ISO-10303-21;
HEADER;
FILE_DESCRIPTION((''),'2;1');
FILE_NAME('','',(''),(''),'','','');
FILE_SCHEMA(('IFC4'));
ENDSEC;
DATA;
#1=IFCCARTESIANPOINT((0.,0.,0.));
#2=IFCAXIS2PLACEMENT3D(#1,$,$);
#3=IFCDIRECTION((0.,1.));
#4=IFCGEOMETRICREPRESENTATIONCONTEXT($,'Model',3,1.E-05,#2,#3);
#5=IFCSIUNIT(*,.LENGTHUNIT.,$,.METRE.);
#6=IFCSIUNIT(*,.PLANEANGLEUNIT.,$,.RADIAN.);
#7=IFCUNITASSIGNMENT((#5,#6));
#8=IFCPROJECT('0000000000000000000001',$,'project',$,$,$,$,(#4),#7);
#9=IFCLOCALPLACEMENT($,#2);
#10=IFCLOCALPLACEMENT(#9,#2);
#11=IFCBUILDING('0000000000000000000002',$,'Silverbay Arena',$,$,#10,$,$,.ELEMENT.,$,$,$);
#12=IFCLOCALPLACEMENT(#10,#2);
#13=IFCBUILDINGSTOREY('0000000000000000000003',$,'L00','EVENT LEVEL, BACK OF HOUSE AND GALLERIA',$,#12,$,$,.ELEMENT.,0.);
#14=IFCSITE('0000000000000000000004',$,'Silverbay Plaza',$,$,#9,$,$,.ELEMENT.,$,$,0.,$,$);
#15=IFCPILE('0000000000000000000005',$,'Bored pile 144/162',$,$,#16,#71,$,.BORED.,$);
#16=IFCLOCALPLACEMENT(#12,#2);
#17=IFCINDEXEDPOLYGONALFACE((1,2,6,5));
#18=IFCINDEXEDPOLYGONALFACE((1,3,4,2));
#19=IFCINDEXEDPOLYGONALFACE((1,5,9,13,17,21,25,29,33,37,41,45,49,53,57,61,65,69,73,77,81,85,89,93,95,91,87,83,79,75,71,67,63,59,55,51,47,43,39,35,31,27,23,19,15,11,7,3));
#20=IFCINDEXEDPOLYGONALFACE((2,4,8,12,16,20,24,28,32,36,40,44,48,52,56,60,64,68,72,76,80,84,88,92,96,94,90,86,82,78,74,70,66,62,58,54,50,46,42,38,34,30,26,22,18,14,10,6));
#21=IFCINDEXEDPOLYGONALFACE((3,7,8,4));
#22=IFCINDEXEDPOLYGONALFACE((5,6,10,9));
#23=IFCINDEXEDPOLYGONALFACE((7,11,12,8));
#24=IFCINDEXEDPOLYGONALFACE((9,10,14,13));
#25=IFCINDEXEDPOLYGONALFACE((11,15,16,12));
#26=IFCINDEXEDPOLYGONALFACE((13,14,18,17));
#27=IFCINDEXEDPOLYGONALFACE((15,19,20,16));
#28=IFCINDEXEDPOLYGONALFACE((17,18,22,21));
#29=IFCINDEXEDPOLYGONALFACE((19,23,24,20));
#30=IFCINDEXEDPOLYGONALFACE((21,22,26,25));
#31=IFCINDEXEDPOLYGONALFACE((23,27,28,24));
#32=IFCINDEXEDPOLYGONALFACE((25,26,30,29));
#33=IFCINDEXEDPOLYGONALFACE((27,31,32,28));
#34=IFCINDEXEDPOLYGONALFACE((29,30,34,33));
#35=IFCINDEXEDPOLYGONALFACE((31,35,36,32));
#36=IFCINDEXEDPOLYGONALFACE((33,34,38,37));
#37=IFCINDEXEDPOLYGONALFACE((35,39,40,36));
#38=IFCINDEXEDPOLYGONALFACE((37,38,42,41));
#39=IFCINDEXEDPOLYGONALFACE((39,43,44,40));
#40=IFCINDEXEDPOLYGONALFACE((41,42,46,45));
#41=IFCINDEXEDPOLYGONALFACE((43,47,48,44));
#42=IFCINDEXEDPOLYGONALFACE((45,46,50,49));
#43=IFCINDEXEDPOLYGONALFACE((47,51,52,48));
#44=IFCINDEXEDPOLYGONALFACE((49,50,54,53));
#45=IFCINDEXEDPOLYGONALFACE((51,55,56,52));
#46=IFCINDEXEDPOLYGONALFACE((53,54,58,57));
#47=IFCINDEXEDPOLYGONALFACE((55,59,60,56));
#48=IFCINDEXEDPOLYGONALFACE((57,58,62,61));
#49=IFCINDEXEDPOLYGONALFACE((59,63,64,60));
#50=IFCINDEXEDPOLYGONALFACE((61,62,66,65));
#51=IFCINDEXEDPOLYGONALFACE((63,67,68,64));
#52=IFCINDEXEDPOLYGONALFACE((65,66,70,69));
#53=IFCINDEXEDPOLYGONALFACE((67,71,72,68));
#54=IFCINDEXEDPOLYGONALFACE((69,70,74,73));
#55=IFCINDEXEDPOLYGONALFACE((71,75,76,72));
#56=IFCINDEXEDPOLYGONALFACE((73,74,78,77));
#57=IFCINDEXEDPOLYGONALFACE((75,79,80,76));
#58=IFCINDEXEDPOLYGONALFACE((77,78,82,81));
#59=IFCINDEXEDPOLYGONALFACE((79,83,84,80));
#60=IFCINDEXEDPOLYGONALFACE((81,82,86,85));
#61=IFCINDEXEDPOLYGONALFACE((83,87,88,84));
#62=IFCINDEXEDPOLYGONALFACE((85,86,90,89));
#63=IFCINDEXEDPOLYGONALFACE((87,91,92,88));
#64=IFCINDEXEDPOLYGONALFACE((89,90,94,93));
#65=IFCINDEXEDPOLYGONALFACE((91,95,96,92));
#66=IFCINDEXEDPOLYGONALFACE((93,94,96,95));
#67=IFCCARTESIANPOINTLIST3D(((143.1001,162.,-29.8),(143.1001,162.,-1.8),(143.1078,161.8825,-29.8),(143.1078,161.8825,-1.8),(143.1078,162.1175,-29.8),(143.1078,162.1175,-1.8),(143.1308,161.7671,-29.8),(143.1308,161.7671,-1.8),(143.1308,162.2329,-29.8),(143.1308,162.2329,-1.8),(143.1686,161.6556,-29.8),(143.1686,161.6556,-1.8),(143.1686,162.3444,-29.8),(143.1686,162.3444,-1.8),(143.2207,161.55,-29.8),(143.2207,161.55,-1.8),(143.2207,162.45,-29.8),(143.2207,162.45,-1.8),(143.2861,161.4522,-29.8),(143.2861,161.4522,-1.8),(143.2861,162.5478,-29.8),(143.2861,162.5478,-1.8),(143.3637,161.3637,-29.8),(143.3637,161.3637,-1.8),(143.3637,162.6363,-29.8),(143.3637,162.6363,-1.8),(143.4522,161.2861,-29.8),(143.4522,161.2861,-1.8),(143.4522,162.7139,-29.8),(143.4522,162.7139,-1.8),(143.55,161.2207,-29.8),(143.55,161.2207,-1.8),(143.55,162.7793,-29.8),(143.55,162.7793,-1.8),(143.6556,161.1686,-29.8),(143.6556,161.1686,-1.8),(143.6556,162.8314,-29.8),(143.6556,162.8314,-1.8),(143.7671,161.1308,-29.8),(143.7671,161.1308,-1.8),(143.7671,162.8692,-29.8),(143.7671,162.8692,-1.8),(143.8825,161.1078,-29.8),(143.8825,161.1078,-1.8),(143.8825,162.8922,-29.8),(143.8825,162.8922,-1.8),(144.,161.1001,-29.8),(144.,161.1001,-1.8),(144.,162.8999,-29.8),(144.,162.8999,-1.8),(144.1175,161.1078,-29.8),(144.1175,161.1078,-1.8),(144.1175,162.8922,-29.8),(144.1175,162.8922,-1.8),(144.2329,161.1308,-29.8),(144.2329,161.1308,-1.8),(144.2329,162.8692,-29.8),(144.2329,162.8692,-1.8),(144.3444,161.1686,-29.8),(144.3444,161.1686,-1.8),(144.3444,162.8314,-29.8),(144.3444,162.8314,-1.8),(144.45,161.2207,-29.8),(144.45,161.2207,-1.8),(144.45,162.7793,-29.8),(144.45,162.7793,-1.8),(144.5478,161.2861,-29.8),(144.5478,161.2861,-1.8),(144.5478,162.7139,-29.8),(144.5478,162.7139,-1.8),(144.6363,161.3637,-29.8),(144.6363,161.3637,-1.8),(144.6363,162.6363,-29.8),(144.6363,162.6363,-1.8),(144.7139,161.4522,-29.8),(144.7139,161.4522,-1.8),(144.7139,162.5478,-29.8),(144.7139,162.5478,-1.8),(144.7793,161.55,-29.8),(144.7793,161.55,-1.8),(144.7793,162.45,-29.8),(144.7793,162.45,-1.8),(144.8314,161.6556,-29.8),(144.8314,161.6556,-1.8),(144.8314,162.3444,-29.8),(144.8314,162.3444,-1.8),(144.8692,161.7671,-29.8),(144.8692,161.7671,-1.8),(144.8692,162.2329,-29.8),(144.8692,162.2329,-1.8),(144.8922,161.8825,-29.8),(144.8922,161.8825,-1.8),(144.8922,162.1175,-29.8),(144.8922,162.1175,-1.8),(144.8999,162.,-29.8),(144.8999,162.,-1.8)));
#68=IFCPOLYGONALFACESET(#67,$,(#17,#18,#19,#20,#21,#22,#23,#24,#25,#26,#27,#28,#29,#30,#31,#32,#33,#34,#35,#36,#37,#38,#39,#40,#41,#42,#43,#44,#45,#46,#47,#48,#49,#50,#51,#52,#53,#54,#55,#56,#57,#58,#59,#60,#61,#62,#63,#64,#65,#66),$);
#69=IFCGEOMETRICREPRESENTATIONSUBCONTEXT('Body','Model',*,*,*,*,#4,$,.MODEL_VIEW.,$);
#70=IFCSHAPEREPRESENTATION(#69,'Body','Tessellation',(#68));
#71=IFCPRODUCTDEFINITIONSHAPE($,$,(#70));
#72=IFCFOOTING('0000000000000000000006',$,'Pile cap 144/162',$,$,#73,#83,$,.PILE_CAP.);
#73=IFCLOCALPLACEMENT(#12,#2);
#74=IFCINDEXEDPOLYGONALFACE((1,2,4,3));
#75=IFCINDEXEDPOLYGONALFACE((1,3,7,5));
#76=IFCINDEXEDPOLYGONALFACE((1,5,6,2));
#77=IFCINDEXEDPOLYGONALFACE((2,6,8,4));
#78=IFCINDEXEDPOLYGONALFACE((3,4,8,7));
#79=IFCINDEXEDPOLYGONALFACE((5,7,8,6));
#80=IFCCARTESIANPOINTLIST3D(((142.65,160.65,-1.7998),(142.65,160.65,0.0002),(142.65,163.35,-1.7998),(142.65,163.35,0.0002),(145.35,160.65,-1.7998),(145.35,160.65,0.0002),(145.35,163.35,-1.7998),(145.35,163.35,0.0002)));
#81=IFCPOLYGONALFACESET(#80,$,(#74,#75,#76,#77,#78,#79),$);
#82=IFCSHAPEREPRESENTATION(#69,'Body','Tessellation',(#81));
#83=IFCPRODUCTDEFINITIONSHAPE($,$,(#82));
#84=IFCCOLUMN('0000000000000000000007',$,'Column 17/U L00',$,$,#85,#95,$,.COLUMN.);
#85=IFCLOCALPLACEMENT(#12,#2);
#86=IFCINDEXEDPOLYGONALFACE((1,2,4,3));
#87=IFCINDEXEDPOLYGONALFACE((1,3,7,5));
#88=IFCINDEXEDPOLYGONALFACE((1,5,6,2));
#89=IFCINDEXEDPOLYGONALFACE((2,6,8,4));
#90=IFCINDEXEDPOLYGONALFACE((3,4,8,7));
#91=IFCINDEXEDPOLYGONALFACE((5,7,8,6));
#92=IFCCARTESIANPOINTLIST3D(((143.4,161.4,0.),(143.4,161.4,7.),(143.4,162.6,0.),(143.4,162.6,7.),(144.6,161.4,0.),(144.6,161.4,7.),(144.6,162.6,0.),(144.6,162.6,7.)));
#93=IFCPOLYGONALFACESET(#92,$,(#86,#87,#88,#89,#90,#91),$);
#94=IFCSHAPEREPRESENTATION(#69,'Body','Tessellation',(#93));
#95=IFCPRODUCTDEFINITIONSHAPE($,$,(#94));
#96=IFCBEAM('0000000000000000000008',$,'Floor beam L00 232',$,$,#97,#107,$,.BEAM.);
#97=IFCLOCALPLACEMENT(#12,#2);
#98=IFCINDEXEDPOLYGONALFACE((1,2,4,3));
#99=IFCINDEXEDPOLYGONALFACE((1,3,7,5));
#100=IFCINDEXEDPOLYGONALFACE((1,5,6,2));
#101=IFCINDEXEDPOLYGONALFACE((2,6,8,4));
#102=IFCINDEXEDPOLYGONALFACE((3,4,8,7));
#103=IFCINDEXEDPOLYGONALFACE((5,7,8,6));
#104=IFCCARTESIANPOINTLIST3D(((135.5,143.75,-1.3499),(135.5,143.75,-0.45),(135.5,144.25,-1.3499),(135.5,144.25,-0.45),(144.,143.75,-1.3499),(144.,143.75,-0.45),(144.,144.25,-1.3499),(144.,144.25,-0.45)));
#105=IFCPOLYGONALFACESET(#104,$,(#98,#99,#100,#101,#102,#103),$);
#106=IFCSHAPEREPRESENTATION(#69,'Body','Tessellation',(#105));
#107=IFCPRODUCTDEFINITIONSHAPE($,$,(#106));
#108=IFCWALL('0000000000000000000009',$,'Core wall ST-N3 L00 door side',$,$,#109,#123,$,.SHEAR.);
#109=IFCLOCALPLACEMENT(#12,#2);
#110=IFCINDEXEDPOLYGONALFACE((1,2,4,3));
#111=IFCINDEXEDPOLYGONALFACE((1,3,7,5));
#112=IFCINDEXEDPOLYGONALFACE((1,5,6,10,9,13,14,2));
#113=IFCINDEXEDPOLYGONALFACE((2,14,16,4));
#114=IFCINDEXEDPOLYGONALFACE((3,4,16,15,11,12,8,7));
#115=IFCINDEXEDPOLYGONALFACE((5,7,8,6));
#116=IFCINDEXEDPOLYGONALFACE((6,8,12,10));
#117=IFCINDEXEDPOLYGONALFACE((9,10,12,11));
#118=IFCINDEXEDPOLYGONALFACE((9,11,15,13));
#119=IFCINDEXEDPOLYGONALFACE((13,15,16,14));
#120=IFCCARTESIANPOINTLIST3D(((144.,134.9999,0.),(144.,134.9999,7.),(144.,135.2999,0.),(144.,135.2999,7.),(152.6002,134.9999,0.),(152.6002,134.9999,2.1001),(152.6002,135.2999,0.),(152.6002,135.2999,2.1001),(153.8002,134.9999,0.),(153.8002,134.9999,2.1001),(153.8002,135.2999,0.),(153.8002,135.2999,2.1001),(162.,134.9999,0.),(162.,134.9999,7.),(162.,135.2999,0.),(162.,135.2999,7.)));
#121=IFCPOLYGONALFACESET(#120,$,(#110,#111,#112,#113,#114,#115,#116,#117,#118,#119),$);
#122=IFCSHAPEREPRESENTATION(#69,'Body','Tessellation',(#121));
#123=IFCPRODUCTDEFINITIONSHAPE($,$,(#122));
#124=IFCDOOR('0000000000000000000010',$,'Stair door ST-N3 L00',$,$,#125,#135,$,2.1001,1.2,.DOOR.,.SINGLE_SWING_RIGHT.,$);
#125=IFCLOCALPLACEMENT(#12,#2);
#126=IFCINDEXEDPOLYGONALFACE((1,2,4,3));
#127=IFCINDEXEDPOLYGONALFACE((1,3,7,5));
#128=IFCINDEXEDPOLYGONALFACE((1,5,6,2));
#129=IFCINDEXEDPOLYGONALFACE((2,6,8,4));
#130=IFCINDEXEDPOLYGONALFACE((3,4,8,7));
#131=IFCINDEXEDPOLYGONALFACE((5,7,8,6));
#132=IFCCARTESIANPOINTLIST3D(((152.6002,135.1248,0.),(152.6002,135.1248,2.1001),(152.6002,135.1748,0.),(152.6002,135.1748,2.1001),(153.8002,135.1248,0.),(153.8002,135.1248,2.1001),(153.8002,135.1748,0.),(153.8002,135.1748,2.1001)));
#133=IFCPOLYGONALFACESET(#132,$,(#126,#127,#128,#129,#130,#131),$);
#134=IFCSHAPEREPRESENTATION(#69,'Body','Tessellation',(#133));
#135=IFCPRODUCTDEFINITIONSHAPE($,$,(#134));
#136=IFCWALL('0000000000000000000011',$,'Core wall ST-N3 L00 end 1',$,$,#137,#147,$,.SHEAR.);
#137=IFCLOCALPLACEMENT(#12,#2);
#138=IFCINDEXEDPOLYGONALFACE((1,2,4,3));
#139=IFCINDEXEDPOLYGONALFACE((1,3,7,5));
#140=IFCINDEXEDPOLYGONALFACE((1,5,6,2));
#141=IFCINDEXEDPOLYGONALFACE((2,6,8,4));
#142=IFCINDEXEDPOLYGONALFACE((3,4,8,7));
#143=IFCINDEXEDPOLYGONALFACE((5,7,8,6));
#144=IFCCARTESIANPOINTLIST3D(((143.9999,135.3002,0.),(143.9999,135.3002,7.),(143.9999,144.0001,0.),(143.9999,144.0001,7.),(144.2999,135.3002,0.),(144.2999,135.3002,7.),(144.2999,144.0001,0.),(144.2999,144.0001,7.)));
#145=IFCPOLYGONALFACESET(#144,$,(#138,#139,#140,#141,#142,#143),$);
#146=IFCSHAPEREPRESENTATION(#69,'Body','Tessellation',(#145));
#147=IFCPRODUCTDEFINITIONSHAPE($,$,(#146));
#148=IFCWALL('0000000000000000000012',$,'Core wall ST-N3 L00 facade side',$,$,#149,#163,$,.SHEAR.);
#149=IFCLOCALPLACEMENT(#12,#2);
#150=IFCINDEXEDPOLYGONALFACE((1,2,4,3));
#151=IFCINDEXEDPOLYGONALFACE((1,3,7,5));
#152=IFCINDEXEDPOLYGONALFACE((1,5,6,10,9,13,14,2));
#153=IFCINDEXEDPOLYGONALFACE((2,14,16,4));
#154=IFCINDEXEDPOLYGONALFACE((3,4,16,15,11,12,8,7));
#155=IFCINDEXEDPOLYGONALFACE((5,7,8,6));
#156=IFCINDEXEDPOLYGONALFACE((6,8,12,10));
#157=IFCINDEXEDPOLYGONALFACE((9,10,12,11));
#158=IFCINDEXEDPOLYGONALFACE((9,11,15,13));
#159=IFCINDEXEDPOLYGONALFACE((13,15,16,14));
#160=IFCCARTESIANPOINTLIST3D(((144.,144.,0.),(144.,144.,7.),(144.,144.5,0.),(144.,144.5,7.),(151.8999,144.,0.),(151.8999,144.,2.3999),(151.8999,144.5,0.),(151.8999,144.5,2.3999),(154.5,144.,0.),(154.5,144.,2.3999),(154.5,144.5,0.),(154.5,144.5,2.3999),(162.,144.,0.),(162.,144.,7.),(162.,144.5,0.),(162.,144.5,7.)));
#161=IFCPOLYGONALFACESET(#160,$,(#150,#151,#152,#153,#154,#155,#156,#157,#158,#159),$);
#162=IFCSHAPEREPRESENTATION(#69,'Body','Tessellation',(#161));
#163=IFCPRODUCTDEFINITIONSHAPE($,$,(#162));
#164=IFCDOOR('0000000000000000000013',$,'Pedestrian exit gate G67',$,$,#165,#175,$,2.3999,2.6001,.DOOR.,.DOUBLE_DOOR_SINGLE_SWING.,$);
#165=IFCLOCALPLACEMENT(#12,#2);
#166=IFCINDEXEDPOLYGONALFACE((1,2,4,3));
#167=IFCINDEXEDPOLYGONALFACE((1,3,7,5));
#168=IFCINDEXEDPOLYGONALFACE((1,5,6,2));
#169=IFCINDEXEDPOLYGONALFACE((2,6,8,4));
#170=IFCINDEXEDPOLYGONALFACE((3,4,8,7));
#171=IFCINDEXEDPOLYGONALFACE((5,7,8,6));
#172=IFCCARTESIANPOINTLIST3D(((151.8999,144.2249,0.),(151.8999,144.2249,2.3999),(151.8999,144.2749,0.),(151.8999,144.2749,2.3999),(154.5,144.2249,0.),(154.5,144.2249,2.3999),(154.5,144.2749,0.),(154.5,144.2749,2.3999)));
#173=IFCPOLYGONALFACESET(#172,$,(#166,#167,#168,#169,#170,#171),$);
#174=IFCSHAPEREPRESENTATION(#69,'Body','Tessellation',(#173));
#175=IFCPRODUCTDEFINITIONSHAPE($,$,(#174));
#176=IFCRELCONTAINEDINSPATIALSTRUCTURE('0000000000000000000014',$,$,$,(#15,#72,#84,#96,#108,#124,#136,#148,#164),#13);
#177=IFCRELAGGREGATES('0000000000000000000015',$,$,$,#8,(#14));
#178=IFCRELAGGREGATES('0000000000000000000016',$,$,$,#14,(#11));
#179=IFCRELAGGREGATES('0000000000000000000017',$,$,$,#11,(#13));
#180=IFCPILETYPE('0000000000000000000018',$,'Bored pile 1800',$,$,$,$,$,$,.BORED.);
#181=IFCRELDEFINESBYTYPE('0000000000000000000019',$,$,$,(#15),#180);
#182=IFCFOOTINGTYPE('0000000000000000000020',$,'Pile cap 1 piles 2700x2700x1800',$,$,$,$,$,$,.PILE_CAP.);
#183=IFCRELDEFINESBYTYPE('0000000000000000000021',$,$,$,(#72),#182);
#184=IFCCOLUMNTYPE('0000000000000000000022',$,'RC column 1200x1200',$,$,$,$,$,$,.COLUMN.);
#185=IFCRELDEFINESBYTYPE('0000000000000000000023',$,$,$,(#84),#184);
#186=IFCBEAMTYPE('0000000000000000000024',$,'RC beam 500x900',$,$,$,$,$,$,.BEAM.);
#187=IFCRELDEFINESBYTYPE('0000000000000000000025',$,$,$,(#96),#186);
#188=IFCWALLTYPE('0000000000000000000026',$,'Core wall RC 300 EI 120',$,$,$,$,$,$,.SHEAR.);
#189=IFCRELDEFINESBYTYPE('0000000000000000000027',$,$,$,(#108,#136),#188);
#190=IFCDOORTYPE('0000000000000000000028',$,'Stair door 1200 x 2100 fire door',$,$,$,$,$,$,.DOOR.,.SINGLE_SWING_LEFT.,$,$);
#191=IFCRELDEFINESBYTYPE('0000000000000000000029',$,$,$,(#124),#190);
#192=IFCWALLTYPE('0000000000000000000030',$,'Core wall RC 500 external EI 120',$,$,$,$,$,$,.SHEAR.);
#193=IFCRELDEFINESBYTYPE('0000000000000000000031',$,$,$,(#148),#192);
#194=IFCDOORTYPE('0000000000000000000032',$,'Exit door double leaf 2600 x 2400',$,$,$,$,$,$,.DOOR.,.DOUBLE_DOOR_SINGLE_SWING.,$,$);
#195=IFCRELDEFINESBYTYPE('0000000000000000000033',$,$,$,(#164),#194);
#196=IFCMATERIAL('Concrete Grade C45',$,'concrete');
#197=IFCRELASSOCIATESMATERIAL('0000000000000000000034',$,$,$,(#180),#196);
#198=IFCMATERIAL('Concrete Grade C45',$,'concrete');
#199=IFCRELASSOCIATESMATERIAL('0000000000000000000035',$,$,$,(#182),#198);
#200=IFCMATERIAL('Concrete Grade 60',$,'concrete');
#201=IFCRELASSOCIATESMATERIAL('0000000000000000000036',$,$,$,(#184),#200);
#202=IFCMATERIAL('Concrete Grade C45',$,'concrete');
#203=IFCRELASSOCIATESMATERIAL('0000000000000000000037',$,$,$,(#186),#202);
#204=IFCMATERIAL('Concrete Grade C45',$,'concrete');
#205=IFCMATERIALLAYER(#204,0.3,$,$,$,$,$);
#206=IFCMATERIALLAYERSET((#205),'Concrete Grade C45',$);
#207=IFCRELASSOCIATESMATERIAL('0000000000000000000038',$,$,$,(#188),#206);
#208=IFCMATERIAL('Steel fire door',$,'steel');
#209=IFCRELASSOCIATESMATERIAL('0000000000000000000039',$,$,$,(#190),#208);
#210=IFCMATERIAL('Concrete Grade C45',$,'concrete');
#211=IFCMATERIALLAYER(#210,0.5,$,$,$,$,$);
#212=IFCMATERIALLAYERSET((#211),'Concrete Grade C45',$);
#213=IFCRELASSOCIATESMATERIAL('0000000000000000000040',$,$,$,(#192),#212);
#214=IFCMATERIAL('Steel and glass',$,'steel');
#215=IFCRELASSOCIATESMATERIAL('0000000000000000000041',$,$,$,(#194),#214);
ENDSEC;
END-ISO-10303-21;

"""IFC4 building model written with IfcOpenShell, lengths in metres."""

from ifc_helpers import new_model, si_unit, direction, frame, frame_2d, origin, origin_2d, place, context, subcontext, project, spatial, rectangle, circle, extrude, material, layer, layer_set, material_profile, profile_set, type_object, element, fill, save


model = new_model("IFC4")

# Units and contexts
model_context = context("Model", 3, precision=1e-05, world=origin(), true_north=direction((0.0, 1.0)))
body_context = subcontext(model_context, "Body", "Model", "MODEL_VIEW")
ifc_project = project(units=[si_unit("LENGTHUNIT", "METRE"), si_unit("PLANEANGLEUNIT", "RADIAN")], contexts=[model_context])

# Site, building, storey
site_placement = place(None, origin())
site = spatial("IfcSite", under=ifc_project, at=site_placement, Name="Silverbay Plaza", CompositionType="ELEMENT", RefElevation=0.0)
building_placement = place(site_placement, origin())
building = spatial("IfcBuilding", under=site, at=building_placement, Name="Silverbay Arena", CompositionType="ELEMENT")
storey_placement = place(building_placement, origin())
storey = spatial("IfcBuildingStorey", under=building, at=storey_placement, Name="L00", Description="EVENT LEVEL, BACK OF HOUSE AND GALLERIA", CompositionType="ELEMENT", Elevation=0.0)

# Pile
ifc_material_1 = material(Name="Concrete Grade C45", Category="concrete")
ifc_material_profile_1 = material_profile(ifc_material_1, circle(Radius=0.8999, at=origin_2d()), Name="Bored pile 1800")
ifc_profile_set_1 = profile_set([ifc_material_profile_1], Name="Concrete Grade C45")
pile_type = type_object("IfcPileType", Name="Bored pile 1800", PredefinedType="BORED", material=ifc_profile_set_1)
pile_placement = place(storey_placement, frame((144.0, 162.0, -1.8), z_axis=(0.0, 0.0, -1.0), x_axis=(1.0, 0.0, 0.0)))
element("IfcPile", 1, at=pile_placement, inside=storey, type_object=pile_type, Name="Bored pile 144/162", PredefinedType="BORED", context=body_context, shape_type="SweptSolid", body=[
    extrude(circle(Radius=0.8999, at=origin_2d()), origin(), (0.0, 0.0, 1.0), 28.0),
])

# Footing
ifc_material_2 = material(Name="Concrete Grade C45", Category="concrete")
footing_type = type_object("IfcFootingType", Name="Pile cap 1 piles 2700x2700x1800", PredefinedType="PILE_CAP", material=ifc_material_2)
footing_placement = place(storey_placement, frame((144.0, 162.0, -1.7998), z_axis=(0.0, 0.0, 1.0), x_axis=(1.0, 0.0, 0.0)))
element("IfcFooting", 2, at=footing_placement, inside=storey, type_object=footing_type, Name="Pile cap 144/162", PredefinedType="PILE_CAP", context=body_context, shape_type="SweptSolid", body=[
    extrude(rectangle(XDim=2.7, YDim=2.7, at=origin_2d()), origin(), (0.0, 0.0, 1.0), 1.8),
])

# Column
ifc_material_3 = material(Name="Concrete Grade 60", Category="concrete")
ifc_material_profile_2 = material_profile(ifc_material_3, rectangle(XDim=1.2, YDim=1.2, at=origin_2d()), Name="RC 1200x1200")
ifc_profile_set_2 = profile_set([ifc_material_profile_2], Name="Concrete Grade 60")
column_type = type_object("IfcColumnType", Name="RC column 1200x1200", PredefinedType="COLUMN", material=ifc_profile_set_2)
column_placement = place(storey_placement, frame((144.0, 162.0, 0.0), z_axis=(0.0, 0.0, 1.0), x_axis=(1.0, 0.0, 0.0)))
element("IfcColumn", 3, at=column_placement, inside=storey, type_object=column_type, Name="Column 17/U L00", PredefinedType="COLUMN", context=body_context, shape_type="SweptSolid", body=[
    extrude(rectangle(XDim=1.2, YDim=1.2, at=origin_2d()), origin(), (0.0, 0.0, 1.0), 7.0),
])

# Beam
ifc_material_4 = material(Name="Concrete Grade C45", Category="concrete")
ifc_material_profile_3 = material_profile(ifc_material_4, rectangle(XDim=0.5, YDim=0.8999, at=origin_2d()), Name="RC 500x900")
ifc_profile_set_3 = profile_set([ifc_material_profile_3], Name="Concrete Grade C45")
beam_type = type_object("IfcBeamType", Name="RC beam 500x900", PredefinedType="BEAM", material=ifc_profile_set_3)
beam_placement = place(storey_placement, frame((135.5, 144.0, -0.8999), z_axis=(1.0, 0.0, 0.0), x_axis=(0.0, 1.0, 0.0)))
element("IfcBeam", 4, at=beam_placement, inside=storey, type_object=beam_type, Name="Floor beam L00 232", PredefinedType="BEAM", context=body_context, shape_type="SweptSolid", body=[
    extrude(rectangle(XDim=0.5, YDim=0.8999, at=origin_2d()), origin(), (0.0, 0.0, 1.0), 8.5),
])

# Wall, opening, door
ifc_material_5 = material(Name="Concrete Grade C45", Category="concrete")
ifc_layer_1 = layer(ifc_material_5, 0.3)
ifc_layer_set_1 = layer_set([ifc_layer_1], Name="Concrete Grade C45")
wall_type_1 = type_object("IfcWallType", Name="Core wall RC 300 EI 120", PredefinedType="SHEAR", material=ifc_layer_set_1)
wall_1_placement = place(storey_placement, frame((144.0, 135.1499, 0.0), z_axis=(0.0, 0.0, 1.0), x_axis=(1.0, 0.0, 0.0)))
wall_1 = element("IfcWall", 5, at=wall_1_placement, inside=storey, type_object=wall_type_1, Name="Core wall ST-N3 L00 door side", PredefinedType="SHEAR", context=body_context, shape_type="SweptSolid", body=[
    extrude(rectangle(XDim=18.0, YDim=0.3, at=frame_2d((9.0, 0.0))), origin(), (0.0, 0.0, 1.0), 7.0),
])
opening_1_placement = place(wall_1_placement, frame((8.6001, 0.0, 0.0)))
opening_1 = element("IfcOpeningElement", 6, at=opening_1_placement, cuts=wall_1, PredefinedType="OPENING", context=body_context, shape_type="SweptSolid", body=[
    extrude(rectangle(XDim=1.2, YDim=2.1001, at=frame_2d((0.6001, 1.05))), frame((0.0, 0.1602, 0.0), z_axis=(0.0, -1.0, 0.0), x_axis=(1.0, 0.0, 0.0)), (0.0, 0.0, 1.0), 0.3201),
])
ifc_material_6 = material(Name="Steel fire door", Category="steel")
door_type_1 = type_object("IfcDoorType", Name="Stair door 1200 x 2100 fire door", OperationType="SINGLE_SWING_LEFT", PredefinedType="DOOR", material=ifc_material_6)
door_1_placement = place(opening_1_placement, origin())
door_1 = element("IfcDoor", 7, at=door_1_placement, inside=storey, type_object=door_type_1, Name="Stair door ST-N3 L00", OperationType="SINGLE_SWING_RIGHT", OverallHeight=2.1001, OverallWidth=1.2, PredefinedType="DOOR", context=body_context, shape_type="SweptSolid", body=[
    extrude(rectangle(XDim=1.2, YDim=2.1001, at=frame_2d((0.6001, 1.05))), frame((0.0, 0.0249, 0.0), z_axis=(0.0, -1.0, 0.0), x_axis=(1.0, 0.0, 0.0)), (0.0, 0.0, 1.0), 0.05),
])
fill(opening_1, door_1)

# Wall
wall_2_placement = place(storey_placement, frame((144.1499, 135.3, 0.0), z_axis=(0.0, 0.0, 1.0), x_axis=(0.0, 1.0, 0.0)))
element("IfcWall", 8, at=wall_2_placement, inside=storey, type_object=wall_type_1, Name="Core wall ST-N3 L00 end 1", PredefinedType="SHEAR", context=body_context, shape_type="SweptSolid", body=[
    extrude(rectangle(XDim=8.7, YDim=0.3, at=frame_2d((4.3501, 0.0))), origin(), (0.0, 0.0, 1.0), 7.0),
])

# Wall, opening, door
ifc_material_7 = material(Name="Concrete Grade C45", Category="concrete")
ifc_layer_2 = layer(ifc_material_7, 0.5)
ifc_layer_set_2 = layer_set([ifc_layer_2], Name="Concrete Grade C45")
wall_type_2 = type_object("IfcWallType", Name="Core wall RC 500 external EI 120", PredefinedType="SHEAR", material=ifc_layer_set_2)
wall_3_placement = place(storey_placement, frame((144.0, 144.25, 0.0), z_axis=(0.0, 0.0, 1.0), x_axis=(1.0, 0.0, 0.0)))
wall_3 = element("IfcWall", 9, at=wall_3_placement, inside=storey, type_object=wall_type_2, Name="Core wall ST-N3 L00 facade side", PredefinedType="SHEAR", context=body_context, shape_type="SweptSolid", body=[
    extrude(rectangle(XDim=18.0, YDim=0.5, at=frame_2d((9.0, 0.0))), origin(), (0.0, 0.0, 1.0), 7.0),
])
opening_2_placement = place(wall_3_placement, frame((7.8999, 0.0, 0.0)))
opening_2 = element("IfcOpeningElement", 10, at=opening_2_placement, cuts=wall_3, PredefinedType="OPENING", context=body_context, shape_type="SweptSolid", body=[
    extrude(rectangle(XDim=2.6001, YDim=2.3999, at=frame_2d((1.3, 1.2))), frame((0.0, 0.26, 0.0), z_axis=(0.0, -1.0, 0.0), x_axis=(1.0, 0.0, 0.0)), (0.0, 0.0, 1.0), 0.52),
])
ifc_material_8 = material(Name="Steel and glass", Category="steel")
door_type_2 = type_object("IfcDoorType", Name="Exit door double leaf 2600 x 2400", OperationType="DOUBLE_DOOR_SINGLE_SWING", PredefinedType="DOOR", material=ifc_material_8)
door_2_placement = place(opening_2_placement, origin())
door_2 = element("IfcDoor", 11, at=door_2_placement, inside=storey, type_object=door_type_2, Name="Pedestrian exit gate G67", OperationType="DOUBLE_DOOR_SINGLE_SWING", OverallHeight=2.3999, OverallWidth=2.6001, PredefinedType="DOOR", context=body_context, shape_type="SweptSolid", body=[
    extrude(rectangle(XDim=2.6001, YDim=2.3999, at=frame_2d((1.3, 1.2))), frame((0.0, 0.0249, 0.0), z_axis=(0.0, -1.0, 0.0), x_axis=(1.0, 0.0, 0.0)), (0.0, 0.0, 1.0), 0.05),
])
fill(opening_2, door_2)

save(model, "model.ifc")
